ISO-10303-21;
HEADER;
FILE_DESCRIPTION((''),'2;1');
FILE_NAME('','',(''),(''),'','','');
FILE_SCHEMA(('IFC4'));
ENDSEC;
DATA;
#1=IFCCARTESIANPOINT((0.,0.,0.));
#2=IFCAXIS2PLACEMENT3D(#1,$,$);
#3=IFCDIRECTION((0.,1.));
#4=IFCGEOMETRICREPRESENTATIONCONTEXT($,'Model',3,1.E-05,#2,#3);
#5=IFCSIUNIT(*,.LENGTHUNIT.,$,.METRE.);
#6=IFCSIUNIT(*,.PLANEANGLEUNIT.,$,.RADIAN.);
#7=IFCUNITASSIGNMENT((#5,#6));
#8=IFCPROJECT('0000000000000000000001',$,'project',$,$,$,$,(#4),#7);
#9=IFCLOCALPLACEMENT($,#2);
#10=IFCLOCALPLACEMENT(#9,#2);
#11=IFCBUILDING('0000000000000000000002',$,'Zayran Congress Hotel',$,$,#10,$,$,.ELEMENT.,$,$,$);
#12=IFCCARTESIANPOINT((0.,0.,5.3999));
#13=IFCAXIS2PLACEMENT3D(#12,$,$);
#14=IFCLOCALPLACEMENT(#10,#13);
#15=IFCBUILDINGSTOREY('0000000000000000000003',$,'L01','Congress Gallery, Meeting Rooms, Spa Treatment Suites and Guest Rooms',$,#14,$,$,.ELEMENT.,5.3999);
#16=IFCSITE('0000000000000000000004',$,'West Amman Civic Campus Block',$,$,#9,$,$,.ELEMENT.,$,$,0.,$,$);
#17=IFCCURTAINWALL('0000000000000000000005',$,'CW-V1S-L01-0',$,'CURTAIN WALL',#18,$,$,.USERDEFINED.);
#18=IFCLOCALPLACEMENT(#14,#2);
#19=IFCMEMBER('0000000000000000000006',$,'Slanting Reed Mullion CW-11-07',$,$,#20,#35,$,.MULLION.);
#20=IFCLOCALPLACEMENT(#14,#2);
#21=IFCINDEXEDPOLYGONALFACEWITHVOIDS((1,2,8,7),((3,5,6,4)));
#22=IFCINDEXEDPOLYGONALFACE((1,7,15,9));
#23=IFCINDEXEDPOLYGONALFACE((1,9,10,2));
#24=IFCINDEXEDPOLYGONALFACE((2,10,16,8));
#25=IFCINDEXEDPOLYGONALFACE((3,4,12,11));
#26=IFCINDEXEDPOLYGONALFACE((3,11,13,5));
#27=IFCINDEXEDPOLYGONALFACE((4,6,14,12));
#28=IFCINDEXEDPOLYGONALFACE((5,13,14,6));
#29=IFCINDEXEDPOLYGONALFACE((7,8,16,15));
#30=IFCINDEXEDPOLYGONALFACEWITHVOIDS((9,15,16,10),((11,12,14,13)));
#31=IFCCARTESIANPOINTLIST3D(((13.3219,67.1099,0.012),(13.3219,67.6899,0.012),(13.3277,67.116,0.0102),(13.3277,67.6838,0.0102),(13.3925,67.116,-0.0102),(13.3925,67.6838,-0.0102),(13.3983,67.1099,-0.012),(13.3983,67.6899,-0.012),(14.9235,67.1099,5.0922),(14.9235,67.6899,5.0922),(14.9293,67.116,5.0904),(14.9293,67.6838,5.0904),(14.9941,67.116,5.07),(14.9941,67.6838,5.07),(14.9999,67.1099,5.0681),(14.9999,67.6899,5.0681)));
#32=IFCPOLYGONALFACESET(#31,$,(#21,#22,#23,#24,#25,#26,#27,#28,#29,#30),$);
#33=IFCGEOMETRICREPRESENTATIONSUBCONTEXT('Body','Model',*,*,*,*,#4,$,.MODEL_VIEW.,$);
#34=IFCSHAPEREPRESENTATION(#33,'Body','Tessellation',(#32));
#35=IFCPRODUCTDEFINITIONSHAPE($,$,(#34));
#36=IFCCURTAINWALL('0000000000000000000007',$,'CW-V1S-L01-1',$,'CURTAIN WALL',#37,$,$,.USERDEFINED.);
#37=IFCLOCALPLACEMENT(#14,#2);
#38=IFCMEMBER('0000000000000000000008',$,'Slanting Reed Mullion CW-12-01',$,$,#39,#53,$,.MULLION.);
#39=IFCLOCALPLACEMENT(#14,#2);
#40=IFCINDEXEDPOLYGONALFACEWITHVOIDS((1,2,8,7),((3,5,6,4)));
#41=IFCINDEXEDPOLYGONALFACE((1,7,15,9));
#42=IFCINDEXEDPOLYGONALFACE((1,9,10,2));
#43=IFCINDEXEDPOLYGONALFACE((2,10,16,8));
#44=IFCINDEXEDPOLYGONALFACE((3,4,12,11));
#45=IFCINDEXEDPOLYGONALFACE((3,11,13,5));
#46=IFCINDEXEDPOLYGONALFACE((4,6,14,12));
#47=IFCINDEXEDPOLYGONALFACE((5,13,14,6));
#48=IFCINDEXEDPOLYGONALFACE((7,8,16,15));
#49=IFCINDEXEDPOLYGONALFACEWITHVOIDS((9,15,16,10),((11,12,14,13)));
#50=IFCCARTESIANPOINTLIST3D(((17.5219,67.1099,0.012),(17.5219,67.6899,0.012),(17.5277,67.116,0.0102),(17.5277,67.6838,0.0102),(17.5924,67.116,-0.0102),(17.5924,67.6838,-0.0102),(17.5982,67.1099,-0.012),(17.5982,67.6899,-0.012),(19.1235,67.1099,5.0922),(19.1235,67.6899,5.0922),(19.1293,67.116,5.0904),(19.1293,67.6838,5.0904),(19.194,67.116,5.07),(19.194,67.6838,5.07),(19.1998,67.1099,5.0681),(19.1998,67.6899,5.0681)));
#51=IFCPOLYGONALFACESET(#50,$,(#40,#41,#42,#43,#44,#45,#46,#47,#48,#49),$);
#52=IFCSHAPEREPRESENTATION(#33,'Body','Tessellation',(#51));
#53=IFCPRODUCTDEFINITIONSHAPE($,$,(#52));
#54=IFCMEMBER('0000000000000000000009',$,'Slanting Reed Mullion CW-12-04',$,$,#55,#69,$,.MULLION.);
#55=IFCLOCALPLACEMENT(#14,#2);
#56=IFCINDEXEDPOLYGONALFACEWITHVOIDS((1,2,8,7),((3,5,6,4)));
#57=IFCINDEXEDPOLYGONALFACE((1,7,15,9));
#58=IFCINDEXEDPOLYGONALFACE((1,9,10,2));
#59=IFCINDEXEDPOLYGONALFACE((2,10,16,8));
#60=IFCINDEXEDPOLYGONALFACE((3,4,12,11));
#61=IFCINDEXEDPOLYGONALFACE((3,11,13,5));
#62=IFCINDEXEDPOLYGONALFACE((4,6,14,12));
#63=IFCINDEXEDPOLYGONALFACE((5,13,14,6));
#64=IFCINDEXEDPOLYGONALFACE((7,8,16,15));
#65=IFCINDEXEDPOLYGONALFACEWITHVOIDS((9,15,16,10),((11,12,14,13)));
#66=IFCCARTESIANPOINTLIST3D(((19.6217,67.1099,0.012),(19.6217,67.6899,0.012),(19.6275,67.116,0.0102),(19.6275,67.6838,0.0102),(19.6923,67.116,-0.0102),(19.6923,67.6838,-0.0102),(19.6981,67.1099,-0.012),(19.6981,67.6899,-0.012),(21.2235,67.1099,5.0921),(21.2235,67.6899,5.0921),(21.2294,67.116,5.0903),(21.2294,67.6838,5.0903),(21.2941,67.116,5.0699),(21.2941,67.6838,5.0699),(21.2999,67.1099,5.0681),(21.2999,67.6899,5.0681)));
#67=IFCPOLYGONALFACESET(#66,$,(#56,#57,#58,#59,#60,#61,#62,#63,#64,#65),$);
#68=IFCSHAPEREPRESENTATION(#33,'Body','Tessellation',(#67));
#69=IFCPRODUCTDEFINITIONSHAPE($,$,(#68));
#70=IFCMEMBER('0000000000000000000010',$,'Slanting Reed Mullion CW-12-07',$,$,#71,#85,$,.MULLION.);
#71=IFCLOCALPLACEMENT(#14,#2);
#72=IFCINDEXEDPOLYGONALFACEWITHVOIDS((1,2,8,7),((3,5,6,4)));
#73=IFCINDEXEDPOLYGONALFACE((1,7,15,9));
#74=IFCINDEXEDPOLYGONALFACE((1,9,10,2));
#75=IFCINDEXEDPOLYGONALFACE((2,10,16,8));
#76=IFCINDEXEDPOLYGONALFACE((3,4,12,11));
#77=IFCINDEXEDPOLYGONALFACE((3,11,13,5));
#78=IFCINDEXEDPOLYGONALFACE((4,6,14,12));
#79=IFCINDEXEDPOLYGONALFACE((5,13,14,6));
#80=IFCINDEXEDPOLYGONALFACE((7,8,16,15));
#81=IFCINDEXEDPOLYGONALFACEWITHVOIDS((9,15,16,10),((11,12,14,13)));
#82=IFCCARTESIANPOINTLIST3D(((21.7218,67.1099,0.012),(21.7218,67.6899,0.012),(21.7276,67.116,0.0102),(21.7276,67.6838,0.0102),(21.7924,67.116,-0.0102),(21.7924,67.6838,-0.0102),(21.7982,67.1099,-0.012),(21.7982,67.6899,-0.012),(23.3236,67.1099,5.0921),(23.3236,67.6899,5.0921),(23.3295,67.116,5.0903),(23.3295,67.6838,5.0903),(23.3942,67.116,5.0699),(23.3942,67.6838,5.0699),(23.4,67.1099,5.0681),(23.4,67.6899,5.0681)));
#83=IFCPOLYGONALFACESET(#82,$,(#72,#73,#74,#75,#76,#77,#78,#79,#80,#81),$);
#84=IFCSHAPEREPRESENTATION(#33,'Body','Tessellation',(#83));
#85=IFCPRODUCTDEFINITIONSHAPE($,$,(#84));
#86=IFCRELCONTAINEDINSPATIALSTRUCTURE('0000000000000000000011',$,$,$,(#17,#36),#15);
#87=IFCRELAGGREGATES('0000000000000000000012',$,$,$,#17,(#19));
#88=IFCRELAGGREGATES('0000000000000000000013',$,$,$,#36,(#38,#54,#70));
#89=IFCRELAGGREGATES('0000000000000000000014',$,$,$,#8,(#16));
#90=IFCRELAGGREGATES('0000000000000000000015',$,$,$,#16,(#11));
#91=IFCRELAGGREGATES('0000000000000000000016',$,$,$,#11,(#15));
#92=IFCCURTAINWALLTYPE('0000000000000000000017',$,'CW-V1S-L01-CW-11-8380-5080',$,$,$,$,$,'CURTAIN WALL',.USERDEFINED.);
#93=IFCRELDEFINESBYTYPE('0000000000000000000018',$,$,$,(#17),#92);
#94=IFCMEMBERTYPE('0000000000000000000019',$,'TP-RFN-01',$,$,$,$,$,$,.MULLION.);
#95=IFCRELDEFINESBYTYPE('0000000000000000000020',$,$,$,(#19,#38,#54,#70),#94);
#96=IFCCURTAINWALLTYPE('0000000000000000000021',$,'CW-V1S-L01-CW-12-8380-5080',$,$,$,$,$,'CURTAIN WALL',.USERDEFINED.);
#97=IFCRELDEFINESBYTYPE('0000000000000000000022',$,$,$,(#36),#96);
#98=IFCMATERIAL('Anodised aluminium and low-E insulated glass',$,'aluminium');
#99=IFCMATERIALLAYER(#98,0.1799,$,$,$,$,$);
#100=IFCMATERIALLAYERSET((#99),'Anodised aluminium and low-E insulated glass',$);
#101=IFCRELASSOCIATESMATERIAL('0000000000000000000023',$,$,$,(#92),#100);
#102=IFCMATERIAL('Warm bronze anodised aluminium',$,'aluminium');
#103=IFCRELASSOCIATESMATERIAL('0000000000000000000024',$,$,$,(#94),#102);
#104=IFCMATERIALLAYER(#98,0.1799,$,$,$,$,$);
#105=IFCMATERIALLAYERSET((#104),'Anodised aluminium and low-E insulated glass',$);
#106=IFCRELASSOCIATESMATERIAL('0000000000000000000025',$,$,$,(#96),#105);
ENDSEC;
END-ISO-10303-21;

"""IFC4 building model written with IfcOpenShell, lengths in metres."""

from ifc_helpers import new_model, si_unit, direction, frame, origin, origin_2d, place, context, subcontext, project, spatial, hollow_rectangle, extrude, material, layer, layer_set, material_profile, profile_set, type_object, element, aggregate, save


model = new_model("IFC4")

# Units and contexts
model_context = context("Model", 3, precision=1e-05, world=origin(), true_north=direction((0.0, 1.0)))
body_context = subcontext(model_context, "Body", "Model", "MODEL_VIEW")
ifc_project = project(units=[si_unit("LENGTHUNIT", "METRE"), si_unit("PLANEANGLEUNIT", "RADIAN")], contexts=[model_context])

# Site, building, storey
site_placement = place(None, origin())
site = spatial("IfcSite", under=ifc_project, at=site_placement, Name="West Amman Civic Campus Block", CompositionType="ELEMENT", RefElevation=0.0)
building_placement = place(site_placement, origin())
building = spatial("IfcBuilding", under=site, at=building_placement, Name="Zayran Congress Hotel", CompositionType="ELEMENT")
storey_placement = place(building_placement, frame((0.0, 0.0, 5.3999)))
storey = spatial("IfcBuildingStorey", under=building, at=storey_placement, Name="L01", Description="Congress Gallery, Meeting Rooms, Spa Treatment Suites and Guest Rooms", CompositionType="ELEMENT", Elevation=5.3999)

# Curtain wall, member
ifc_material_1 = material(Name="Anodised aluminium and low-E insulated glass", Category="aluminium")
ifc_layer_1 = layer(ifc_material_1, 0.1799)
ifc_layer_set_1 = layer_set([ifc_layer_1], Name="Anodised aluminium and low-E insulated glass")
curtain_wall_type_1 = type_object("IfcCurtainWallType", Name="CW-V1S-L01-CW-11-8380-5080", ElementType="CURTAIN WALL", PredefinedType="USERDEFINED", material=ifc_layer_set_1)
curtain_wall_1_placement = place(storey_placement, origin())
curtain_wall_1 = element("IfcCurtainWall", 1, at=curtain_wall_1_placement, inside=storey, type_object=curtain_wall_type_1, Name="CW-V1S-L01-0", ObjectType="CURTAIN WALL", PredefinedType="USERDEFINED")
ifc_material_2 = material(Name="Warm bronze anodised aluminium", Category="aluminium")
ifc_material_profile = material_profile(ifc_material_2, hollow_rectangle(XDim=0.0801, YDim=0.5801, WallThickness=0.0061, at=origin_2d()), Name="RHS 580x80x6")
ifc_profile_set = profile_set([ifc_material_profile], Name="Warm bronze anodised aluminium")
member_type = type_object("IfcMemberType", Name="TP-RFN-01", PredefinedType="MULLION", material=ifc_profile_set)
member_1_placement = place(storey_placement, frame((13.3601, 67.3999, 0.0), z_axis=(0.300675, 0.0, 0.953727), x_axis=(-0.953727, 0.0, 0.300675)))
member_1 = element("IfcMember", 2, at=member_1_placement, type_object=member_type, Name="Slanting Reed Mullion CW-11-07", PredefinedType="MULLION", context=body_context, shape_type="SweptSolid", body=[
    extrude(hollow_rectangle(XDim=0.0801, YDim=0.5801, WallThickness=0.0061, at=origin_2d()), origin(), (0.0, 0.0, 1.0), 5.3267),
])
aggregate(curtain_wall_1, [member_1])

# Curtain wall, members
ifc_layer_2 = layer(ifc_material_1, 0.1799)
ifc_layer_set_2 = layer_set([ifc_layer_2], Name="Anodised aluminium and low-E insulated glass")
curtain_wall_type_2 = type_object("IfcCurtainWallType", Name="CW-V1S-L01-CW-12-8380-5080", ElementType="CURTAIN WALL", PredefinedType="USERDEFINED", material=ifc_layer_set_2)
curtain_wall_2_placement = place(storey_placement, origin())
curtain_wall_2 = element("IfcCurtainWall", 3, at=curtain_wall_2_placement, inside=storey, type_object=curtain_wall_type_2, Name="CW-V1S-L01-1", ObjectType="CURTAIN WALL", PredefinedType="USERDEFINED")
member_2_placement = place(storey_placement, frame((17.5601, 67.3999, 0.0), z_axis=(0.300675, 0.0, 0.953727), x_axis=(-0.953727, 0.0, 0.300675)))
member_2 = element("IfcMember", 4, at=member_2_placement, type_object=member_type, Name="Slanting Reed Mullion CW-12-01", PredefinedType="MULLION", context=body_context, shape_type="SweptSolid", body=[
    extrude(hollow_rectangle(XDim=0.0801, YDim=0.5801, WallThickness=0.0061, at=origin_2d()), origin(), (0.0, 0.0, 1.0), 5.3267),
])
member_3_placement = place(storey_placement, frame((19.6599, 67.3999, 0.0), z_axis=(0.300717, 0.0, 0.953713), x_axis=(-0.953713, 0.0, 0.300717)))
member_3 = element("IfcMember", 5, at=member_3_placement, type_object=member_type, Name="Slanting Reed Mullion CW-12-04", PredefinedType="MULLION", context=body_context, shape_type="SweptSolid", body=[
    extrude(hollow_rectangle(XDim=0.0801, YDim=0.5801, WallThickness=0.0061, at=origin_2d()), origin(), (0.0, 0.0, 1.0), 5.3267),
])
member_4_placement = place(storey_placement, frame((21.76, 67.3999, 0.0), z_axis=(0.300717, 0.0, 0.953713), x_axis=(-0.953713, 0.0, 0.300717)))
member_4 = element("IfcMember", 6, at=member_4_placement, type_object=member_type, Name="Slanting Reed Mullion CW-12-07", PredefinedType="MULLION", context=body_context, shape_type="SweptSolid", body=[
    extrude(hollow_rectangle(XDim=0.0801, YDim=0.5801, WallThickness=0.0061, at=origin_2d()), origin(), (0.0, 0.0, 1.0), 5.3267),
])
aggregate(curtain_wall_2, [member_2, member_3, member_4])

save(model, "model.ifc")
